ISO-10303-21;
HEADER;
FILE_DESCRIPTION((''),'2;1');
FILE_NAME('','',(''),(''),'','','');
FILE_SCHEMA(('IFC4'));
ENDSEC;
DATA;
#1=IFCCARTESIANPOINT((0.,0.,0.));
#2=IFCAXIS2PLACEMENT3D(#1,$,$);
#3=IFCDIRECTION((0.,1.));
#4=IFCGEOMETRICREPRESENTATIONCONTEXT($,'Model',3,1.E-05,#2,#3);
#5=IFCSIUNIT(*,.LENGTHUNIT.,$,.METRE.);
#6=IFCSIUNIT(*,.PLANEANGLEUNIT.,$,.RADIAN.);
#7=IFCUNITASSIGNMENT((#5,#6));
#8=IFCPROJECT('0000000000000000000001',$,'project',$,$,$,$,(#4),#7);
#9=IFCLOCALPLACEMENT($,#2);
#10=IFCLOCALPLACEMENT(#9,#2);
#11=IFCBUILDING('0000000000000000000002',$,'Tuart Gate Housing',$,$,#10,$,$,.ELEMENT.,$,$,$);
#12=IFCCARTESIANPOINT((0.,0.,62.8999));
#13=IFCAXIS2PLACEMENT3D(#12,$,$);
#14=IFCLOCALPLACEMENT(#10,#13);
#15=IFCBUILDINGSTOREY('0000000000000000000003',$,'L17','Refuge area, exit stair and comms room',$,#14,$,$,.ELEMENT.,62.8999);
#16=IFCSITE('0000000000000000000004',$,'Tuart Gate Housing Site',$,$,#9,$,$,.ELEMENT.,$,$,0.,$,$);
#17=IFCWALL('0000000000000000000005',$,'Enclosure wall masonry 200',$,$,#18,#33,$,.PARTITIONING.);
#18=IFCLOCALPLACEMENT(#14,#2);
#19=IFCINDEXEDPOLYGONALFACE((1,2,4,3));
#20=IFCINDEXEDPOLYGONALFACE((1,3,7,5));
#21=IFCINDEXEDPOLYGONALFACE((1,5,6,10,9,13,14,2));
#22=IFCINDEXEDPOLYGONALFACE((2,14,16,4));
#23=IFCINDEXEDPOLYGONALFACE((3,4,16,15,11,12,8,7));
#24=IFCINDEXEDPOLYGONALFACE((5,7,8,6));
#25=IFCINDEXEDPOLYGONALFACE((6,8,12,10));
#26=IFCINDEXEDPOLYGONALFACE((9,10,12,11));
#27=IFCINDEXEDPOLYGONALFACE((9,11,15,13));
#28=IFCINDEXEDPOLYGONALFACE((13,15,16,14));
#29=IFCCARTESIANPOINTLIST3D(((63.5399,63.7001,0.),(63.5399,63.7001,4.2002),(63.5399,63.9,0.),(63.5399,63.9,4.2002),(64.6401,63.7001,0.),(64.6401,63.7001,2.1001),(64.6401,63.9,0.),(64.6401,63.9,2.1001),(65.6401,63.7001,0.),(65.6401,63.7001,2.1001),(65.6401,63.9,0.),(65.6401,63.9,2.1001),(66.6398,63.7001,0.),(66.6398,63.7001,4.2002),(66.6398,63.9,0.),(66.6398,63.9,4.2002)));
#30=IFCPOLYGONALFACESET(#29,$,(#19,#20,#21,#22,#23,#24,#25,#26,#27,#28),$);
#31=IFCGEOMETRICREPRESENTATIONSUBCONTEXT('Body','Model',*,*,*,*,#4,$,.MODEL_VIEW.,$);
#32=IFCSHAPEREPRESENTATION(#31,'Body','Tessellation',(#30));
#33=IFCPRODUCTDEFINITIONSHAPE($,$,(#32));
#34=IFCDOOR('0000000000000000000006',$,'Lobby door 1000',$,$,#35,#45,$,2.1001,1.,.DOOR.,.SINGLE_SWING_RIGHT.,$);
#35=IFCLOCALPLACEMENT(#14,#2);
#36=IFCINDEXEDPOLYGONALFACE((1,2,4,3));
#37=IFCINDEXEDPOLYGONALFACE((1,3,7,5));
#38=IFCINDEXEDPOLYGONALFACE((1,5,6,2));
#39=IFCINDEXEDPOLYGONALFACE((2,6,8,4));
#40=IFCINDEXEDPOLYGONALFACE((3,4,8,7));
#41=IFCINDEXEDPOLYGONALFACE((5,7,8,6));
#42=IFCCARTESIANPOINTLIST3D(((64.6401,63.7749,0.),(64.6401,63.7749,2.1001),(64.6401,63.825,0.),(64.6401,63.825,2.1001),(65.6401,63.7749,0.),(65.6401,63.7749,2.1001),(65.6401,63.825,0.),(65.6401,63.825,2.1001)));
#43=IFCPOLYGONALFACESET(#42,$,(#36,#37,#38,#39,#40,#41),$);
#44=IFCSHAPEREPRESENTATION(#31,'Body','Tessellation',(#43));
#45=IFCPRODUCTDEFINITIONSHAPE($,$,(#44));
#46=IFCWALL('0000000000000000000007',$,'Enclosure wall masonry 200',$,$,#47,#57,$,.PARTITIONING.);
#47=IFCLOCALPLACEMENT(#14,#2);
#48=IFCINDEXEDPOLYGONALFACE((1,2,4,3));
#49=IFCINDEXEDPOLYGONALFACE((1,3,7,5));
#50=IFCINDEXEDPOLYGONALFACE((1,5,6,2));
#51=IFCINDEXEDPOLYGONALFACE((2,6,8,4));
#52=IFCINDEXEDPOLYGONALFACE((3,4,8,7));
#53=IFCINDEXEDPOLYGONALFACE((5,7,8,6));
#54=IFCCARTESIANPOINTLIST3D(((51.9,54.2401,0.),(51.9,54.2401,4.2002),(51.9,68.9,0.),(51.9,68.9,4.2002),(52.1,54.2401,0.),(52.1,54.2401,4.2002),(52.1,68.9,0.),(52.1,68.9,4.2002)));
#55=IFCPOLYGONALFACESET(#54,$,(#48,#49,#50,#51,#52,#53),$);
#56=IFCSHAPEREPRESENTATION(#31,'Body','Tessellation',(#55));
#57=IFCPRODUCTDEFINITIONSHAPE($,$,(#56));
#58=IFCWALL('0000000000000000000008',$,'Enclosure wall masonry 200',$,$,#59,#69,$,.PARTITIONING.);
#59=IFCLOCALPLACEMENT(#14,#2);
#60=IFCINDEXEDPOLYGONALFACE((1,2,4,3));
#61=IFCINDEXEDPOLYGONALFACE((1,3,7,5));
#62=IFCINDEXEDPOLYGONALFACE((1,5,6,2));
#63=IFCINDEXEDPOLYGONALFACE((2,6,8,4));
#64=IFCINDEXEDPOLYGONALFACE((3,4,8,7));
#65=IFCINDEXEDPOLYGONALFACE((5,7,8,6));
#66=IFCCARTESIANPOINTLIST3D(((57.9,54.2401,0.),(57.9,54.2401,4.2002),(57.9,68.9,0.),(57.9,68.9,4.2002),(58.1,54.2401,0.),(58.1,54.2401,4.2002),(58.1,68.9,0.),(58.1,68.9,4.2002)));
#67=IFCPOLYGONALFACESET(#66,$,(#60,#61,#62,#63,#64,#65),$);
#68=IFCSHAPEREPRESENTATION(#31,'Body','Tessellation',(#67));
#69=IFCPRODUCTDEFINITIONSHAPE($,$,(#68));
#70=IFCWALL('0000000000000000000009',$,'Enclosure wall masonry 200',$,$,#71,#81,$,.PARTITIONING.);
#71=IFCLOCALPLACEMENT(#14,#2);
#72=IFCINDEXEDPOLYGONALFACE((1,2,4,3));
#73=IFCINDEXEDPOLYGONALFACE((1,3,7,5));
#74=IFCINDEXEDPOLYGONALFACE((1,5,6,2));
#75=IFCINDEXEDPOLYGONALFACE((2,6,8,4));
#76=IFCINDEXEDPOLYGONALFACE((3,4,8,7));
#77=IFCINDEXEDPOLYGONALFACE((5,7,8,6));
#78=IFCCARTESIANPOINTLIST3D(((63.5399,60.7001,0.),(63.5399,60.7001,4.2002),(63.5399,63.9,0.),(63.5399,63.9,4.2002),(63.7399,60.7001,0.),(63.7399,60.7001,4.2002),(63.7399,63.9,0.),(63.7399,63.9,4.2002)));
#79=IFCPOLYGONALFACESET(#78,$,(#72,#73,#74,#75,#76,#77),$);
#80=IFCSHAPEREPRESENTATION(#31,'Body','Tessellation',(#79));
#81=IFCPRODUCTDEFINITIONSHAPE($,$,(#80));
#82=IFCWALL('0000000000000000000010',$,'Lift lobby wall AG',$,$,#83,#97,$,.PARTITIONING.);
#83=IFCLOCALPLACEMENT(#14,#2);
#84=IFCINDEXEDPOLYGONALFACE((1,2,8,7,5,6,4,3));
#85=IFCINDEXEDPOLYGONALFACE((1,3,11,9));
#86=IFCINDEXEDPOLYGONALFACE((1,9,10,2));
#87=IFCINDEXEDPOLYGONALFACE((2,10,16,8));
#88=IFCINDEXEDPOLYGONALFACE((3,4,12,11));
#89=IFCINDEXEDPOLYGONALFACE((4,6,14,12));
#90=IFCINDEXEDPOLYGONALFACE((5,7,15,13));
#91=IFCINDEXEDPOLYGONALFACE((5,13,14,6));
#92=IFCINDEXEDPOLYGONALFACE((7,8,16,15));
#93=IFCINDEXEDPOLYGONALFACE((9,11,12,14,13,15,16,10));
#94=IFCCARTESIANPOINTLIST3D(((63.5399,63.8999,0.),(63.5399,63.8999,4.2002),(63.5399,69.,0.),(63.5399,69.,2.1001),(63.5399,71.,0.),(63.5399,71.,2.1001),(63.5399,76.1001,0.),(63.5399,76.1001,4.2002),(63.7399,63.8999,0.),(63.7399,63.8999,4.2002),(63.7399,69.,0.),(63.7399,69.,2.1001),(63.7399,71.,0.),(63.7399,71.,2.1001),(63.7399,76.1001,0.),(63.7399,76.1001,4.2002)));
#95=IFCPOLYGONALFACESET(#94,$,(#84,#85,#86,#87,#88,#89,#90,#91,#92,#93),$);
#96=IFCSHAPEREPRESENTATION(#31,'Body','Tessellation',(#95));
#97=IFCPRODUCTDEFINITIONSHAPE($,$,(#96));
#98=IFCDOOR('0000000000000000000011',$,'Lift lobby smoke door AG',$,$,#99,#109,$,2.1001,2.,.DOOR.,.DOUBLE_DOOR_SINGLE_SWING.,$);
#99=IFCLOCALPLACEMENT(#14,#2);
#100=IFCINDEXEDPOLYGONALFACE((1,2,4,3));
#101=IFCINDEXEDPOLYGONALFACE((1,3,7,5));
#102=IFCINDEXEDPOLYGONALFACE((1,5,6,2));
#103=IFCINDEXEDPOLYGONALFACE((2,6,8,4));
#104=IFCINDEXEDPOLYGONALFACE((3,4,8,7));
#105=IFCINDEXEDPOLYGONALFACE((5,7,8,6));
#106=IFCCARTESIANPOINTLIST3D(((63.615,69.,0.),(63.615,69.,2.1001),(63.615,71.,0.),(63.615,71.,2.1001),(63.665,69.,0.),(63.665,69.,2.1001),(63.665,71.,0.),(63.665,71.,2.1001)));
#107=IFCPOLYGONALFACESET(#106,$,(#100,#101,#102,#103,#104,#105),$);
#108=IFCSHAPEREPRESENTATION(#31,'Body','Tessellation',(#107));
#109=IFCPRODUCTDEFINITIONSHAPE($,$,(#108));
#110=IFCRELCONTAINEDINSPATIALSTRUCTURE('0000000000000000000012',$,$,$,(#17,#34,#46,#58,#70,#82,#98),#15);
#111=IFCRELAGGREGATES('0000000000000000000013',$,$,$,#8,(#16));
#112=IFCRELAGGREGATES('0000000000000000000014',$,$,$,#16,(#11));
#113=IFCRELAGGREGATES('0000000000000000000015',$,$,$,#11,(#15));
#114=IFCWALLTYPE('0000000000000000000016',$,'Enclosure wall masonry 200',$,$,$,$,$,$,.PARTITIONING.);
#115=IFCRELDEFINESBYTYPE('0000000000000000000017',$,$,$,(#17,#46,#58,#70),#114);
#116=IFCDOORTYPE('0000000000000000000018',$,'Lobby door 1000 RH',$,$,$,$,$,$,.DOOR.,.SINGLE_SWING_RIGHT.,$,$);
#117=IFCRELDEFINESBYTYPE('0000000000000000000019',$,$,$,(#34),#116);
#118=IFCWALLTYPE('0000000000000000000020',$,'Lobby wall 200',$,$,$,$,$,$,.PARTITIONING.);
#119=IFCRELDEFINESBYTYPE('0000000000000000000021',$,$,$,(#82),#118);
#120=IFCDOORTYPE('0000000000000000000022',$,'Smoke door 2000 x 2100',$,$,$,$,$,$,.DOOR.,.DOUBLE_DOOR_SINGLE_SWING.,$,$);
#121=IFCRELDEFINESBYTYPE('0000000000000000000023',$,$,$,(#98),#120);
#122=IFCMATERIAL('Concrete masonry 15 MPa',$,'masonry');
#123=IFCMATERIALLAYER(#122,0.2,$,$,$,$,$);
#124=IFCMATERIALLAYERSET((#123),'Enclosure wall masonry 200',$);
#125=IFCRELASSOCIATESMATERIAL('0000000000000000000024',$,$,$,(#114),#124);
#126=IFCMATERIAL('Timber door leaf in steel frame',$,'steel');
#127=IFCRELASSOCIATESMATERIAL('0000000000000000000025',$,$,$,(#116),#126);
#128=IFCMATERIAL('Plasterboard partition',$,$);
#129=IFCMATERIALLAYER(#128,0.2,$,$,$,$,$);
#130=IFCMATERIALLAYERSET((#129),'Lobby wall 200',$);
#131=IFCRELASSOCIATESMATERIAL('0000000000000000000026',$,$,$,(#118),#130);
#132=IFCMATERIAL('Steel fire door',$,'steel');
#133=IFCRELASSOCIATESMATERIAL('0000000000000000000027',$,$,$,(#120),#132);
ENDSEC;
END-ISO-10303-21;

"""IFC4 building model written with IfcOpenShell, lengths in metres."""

from ifc_helpers import new_model, si_unit, direction, frame, frame_2d, origin, place, context, subcontext, project, spatial, rectangle, extrude, material, layer, layer_set, type_object, element, fill, save


model = new_model("IFC4")

# Units and contexts
model_context = context("Model", 3, precision=1e-05, world=origin(), true_north=direction((0.0, 1.0)))
body_context = subcontext(model_context, "Body", "Model", "MODEL_VIEW")
ifc_project = project(units=[si_unit("LENGTHUNIT", "METRE"), si_unit("PLANEANGLEUNIT", "RADIAN")], contexts=[model_context])

# Site, building, storey
site_placement = place(None, origin())
site = spatial("IfcSite", under=ifc_project, at=site_placement, Name="Tuart Gate Housing Site", CompositionType="ELEMENT", RefElevation=0.0)
building_placement = place(site_placement, origin())
building = spatial("IfcBuilding", under=site, at=building_placement, Name="Tuart Gate Housing", CompositionType="ELEMENT")
storey_placement = place(building_placement, frame((0.0, 0.0, 62.8999)))
storey = spatial("IfcBuildingStorey", under=building, at=storey_placement, Name="L17", Description="Refuge area, exit stair and comms room", CompositionType="ELEMENT", Elevation=62.8999)

# Wall, opening, door
ifc_material_1 = material(Name="Concrete masonry 15 MPa", Category="masonry")
ifc_layer_1 = layer(ifc_material_1, 0.2)
ifc_layer_set_1 = layer_set([ifc_layer_1], Name="Enclosure wall masonry 200")
wall_type_1 = type_object("IfcWallType", Name="Enclosure wall masonry 200", PredefinedType="PARTITIONING", material=ifc_layer_set_1)
wall_1_placement = place(storey_placement, frame((63.54, 63.8, 0.0), z_axis=(0.0, 0.0, 1.0), x_axis=(1.0, 0.0, 0.0)))
wall_1 = element("IfcWall", 1, at=wall_1_placement, inside=storey, type_object=wall_type_1, Name="Enclosure wall masonry 200", PredefinedType="PARTITIONING", context=body_context, shape_type="SweptSolid", body=[
    extrude(rectangle(XDim=3.0999, YDim=0.2, at=frame_2d((1.5498, 0.0))), origin(), (0.0, 0.0, 1.0), 4.2002),
])
opening_1_placement = place(wall_1_placement, frame((1.1001, 0.0, 0.0)))
opening_1 = element("IfcOpeningElement", 2, at=opening_1_placement, cuts=wall_1, PredefinedType="OPENING", context=body_context, shape_type="SweptSolid", body=[
    extrude(rectangle(XDim=1.0, YDim=2.1001, at=frame_2d((0.5, 1.05))), frame((0.0, 0.1099, 0.0), z_axis=(0.0, -1.0, 0.0), x_axis=(1.0, 0.0, 0.0)), (0.0, 0.0, 1.0), 0.22),
])
ifc_material_2 = material(Name="Timber door leaf in steel frame", Category="steel")
door_type_1 = type_object("IfcDoorType", Name="Lobby door 1000 RH", OperationType="SINGLE_SWING_RIGHT", PredefinedType="DOOR", material=ifc_material_2)
door_1_placement = place(opening_1_placement, frame((1.0, 0.0, 0.0), z_axis=(0.0, 0.0, 1.0), x_axis=(-1.0, 0.0, 0.0)))
door_1 = element("IfcDoor", 3, at=door_1_placement, inside=storey, type_object=door_type_1, Name="Lobby door 1000", OperationType="SINGLE_SWING_RIGHT", OverallHeight=2.1001, OverallWidth=1.0, PredefinedType="DOOR", context=body_context, shape_type="SweptSolid", body=[
    extrude(rectangle(XDim=1.0, YDim=2.1001, at=frame_2d((0.5, 1.05))), frame((0.0, 0.0251, 0.0), z_axis=(0.0, -1.0, 0.0), x_axis=(1.0, 0.0, 0.0)), (0.0, 0.0, 1.0), 0.05),
])
fill(opening_1, door_1)

# Walls
for number, where, z_axis, x_axis, name in (
    (4, (52.0, 54.24, 0.0), (0.0, 0.0, 1.0), (0.0, 1.0, 0.0), "Enclosure wall masonry 200"),
    (5, (58.0, 54.24, 0.0), (0.0, 0.0, 1.0), (0.0, 1.0, 0.0), "Enclosure wall masonry 200"),
):
    element("IfcWall", number, at=place(storey_placement, frame(where, z_axis=z_axis, x_axis=x_axis)), inside=storey, type_object=wall_type_1, Name=name, PredefinedType="PARTITIONING", context=body_context, shape_type="SweptSolid", body=[
        extrude(rectangle(XDim=14.6599, YDim=0.2, at=frame_2d((7.3301, 0.0))), origin(), (0.0, 0.0, 1.0), 4.2002),
    ])
wall_2_placement = place(storey_placement, frame((63.6399, 60.7, 0.0), z_axis=(0.0, 0.0, 1.0), x_axis=(0.0, 1.0, 0.0)))
element("IfcWall", 6, at=wall_2_placement, inside=storey, type_object=wall_type_1, Name="Enclosure wall masonry 200", PredefinedType="PARTITIONING", context=body_context, shape_type="SweptSolid", body=[
    extrude(rectangle(XDim=3.2, YDim=0.2, at=frame_2d((1.6001, 0.0))), origin(), (0.0, 0.0, 1.0), 4.2002),
])

# Wall, opening, door
ifc_material_3 = material(Name="Plasterboard partition")
ifc_layer_2 = layer(ifc_material_3, 0.2)
ifc_layer_set_2 = layer_set([ifc_layer_2], Name="Lobby wall 200")
wall_type_2 = type_object("IfcWallType", Name="Lobby wall 200", PredefinedType="PARTITIONING", material=ifc_layer_set_2)
wall_3_placement = place(storey_placement, frame((63.6399, 63.8999, 0.0), z_axis=(0.0, 0.0, 1.0), x_axis=(0.0, 1.0, 0.0)))
wall_3 = element("IfcWall", 7, at=wall_3_placement, inside=storey, type_object=wall_type_2, Name="Lift lobby wall AG", PredefinedType="PARTITIONING", context=body_context, shape_type="SweptSolid", body=[
    extrude(rectangle(XDim=12.2002, YDim=0.2, at=frame_2d((6.1001, 0.0))), origin(), (0.0, 0.0, 1.0), 4.2002),
])
opening_2_placement = place(wall_3_placement, frame((5.1001, 0.0, 0.0)))
opening_2 = element("IfcOpeningElement", 8, at=opening_2_placement, cuts=wall_3, PredefinedType="OPENING", context=body_context, shape_type="SweptSolid", body=[
    extrude(rectangle(XDim=2.0, YDim=2.1001, at=frame_2d((1.0, 1.05))), frame((0.0, 0.1099, 0.0), z_axis=(0.0, -1.0, 0.0), x_axis=(1.0, 0.0, 0.0)), (0.0, 0.0, 1.0), 0.22),
])
ifc_material_4 = material(Name="Steel fire door", Category="steel")
door_type_2 = type_object("IfcDoorType", Name="Smoke door 2000 x 2100", OperationType="DOUBLE_DOOR_SINGLE_SWING", PredefinedType="DOOR", material=ifc_material_4)
door_2_placement = place(opening_2_placement, frame((2.0, 0.0, 0.0), z_axis=(0.0, 0.0, 1.0), x_axis=(-1.0, 0.0, 0.0)))
door_2 = element("IfcDoor", 9, at=door_2_placement, inside=storey, type_object=door_type_2, Name="Lift lobby smoke door AG", OperationType="DOUBLE_DOOR_SINGLE_SWING", OverallHeight=2.1001, OverallWidth=2.0, PredefinedType="DOOR", context=body_context, shape_type="SweptSolid", body=[
    extrude(rectangle(XDim=2.0, YDim=2.1001, at=frame_2d((1.0, 1.05))), frame((0.0, 0.0251, 0.0), z_axis=(0.0, -1.0, 0.0), x_axis=(1.0, 0.0, 0.0)), (0.0, 0.0, 1.0), 0.05),
])
fill(opening_2, door_2)

save(model, "model.ifc")
